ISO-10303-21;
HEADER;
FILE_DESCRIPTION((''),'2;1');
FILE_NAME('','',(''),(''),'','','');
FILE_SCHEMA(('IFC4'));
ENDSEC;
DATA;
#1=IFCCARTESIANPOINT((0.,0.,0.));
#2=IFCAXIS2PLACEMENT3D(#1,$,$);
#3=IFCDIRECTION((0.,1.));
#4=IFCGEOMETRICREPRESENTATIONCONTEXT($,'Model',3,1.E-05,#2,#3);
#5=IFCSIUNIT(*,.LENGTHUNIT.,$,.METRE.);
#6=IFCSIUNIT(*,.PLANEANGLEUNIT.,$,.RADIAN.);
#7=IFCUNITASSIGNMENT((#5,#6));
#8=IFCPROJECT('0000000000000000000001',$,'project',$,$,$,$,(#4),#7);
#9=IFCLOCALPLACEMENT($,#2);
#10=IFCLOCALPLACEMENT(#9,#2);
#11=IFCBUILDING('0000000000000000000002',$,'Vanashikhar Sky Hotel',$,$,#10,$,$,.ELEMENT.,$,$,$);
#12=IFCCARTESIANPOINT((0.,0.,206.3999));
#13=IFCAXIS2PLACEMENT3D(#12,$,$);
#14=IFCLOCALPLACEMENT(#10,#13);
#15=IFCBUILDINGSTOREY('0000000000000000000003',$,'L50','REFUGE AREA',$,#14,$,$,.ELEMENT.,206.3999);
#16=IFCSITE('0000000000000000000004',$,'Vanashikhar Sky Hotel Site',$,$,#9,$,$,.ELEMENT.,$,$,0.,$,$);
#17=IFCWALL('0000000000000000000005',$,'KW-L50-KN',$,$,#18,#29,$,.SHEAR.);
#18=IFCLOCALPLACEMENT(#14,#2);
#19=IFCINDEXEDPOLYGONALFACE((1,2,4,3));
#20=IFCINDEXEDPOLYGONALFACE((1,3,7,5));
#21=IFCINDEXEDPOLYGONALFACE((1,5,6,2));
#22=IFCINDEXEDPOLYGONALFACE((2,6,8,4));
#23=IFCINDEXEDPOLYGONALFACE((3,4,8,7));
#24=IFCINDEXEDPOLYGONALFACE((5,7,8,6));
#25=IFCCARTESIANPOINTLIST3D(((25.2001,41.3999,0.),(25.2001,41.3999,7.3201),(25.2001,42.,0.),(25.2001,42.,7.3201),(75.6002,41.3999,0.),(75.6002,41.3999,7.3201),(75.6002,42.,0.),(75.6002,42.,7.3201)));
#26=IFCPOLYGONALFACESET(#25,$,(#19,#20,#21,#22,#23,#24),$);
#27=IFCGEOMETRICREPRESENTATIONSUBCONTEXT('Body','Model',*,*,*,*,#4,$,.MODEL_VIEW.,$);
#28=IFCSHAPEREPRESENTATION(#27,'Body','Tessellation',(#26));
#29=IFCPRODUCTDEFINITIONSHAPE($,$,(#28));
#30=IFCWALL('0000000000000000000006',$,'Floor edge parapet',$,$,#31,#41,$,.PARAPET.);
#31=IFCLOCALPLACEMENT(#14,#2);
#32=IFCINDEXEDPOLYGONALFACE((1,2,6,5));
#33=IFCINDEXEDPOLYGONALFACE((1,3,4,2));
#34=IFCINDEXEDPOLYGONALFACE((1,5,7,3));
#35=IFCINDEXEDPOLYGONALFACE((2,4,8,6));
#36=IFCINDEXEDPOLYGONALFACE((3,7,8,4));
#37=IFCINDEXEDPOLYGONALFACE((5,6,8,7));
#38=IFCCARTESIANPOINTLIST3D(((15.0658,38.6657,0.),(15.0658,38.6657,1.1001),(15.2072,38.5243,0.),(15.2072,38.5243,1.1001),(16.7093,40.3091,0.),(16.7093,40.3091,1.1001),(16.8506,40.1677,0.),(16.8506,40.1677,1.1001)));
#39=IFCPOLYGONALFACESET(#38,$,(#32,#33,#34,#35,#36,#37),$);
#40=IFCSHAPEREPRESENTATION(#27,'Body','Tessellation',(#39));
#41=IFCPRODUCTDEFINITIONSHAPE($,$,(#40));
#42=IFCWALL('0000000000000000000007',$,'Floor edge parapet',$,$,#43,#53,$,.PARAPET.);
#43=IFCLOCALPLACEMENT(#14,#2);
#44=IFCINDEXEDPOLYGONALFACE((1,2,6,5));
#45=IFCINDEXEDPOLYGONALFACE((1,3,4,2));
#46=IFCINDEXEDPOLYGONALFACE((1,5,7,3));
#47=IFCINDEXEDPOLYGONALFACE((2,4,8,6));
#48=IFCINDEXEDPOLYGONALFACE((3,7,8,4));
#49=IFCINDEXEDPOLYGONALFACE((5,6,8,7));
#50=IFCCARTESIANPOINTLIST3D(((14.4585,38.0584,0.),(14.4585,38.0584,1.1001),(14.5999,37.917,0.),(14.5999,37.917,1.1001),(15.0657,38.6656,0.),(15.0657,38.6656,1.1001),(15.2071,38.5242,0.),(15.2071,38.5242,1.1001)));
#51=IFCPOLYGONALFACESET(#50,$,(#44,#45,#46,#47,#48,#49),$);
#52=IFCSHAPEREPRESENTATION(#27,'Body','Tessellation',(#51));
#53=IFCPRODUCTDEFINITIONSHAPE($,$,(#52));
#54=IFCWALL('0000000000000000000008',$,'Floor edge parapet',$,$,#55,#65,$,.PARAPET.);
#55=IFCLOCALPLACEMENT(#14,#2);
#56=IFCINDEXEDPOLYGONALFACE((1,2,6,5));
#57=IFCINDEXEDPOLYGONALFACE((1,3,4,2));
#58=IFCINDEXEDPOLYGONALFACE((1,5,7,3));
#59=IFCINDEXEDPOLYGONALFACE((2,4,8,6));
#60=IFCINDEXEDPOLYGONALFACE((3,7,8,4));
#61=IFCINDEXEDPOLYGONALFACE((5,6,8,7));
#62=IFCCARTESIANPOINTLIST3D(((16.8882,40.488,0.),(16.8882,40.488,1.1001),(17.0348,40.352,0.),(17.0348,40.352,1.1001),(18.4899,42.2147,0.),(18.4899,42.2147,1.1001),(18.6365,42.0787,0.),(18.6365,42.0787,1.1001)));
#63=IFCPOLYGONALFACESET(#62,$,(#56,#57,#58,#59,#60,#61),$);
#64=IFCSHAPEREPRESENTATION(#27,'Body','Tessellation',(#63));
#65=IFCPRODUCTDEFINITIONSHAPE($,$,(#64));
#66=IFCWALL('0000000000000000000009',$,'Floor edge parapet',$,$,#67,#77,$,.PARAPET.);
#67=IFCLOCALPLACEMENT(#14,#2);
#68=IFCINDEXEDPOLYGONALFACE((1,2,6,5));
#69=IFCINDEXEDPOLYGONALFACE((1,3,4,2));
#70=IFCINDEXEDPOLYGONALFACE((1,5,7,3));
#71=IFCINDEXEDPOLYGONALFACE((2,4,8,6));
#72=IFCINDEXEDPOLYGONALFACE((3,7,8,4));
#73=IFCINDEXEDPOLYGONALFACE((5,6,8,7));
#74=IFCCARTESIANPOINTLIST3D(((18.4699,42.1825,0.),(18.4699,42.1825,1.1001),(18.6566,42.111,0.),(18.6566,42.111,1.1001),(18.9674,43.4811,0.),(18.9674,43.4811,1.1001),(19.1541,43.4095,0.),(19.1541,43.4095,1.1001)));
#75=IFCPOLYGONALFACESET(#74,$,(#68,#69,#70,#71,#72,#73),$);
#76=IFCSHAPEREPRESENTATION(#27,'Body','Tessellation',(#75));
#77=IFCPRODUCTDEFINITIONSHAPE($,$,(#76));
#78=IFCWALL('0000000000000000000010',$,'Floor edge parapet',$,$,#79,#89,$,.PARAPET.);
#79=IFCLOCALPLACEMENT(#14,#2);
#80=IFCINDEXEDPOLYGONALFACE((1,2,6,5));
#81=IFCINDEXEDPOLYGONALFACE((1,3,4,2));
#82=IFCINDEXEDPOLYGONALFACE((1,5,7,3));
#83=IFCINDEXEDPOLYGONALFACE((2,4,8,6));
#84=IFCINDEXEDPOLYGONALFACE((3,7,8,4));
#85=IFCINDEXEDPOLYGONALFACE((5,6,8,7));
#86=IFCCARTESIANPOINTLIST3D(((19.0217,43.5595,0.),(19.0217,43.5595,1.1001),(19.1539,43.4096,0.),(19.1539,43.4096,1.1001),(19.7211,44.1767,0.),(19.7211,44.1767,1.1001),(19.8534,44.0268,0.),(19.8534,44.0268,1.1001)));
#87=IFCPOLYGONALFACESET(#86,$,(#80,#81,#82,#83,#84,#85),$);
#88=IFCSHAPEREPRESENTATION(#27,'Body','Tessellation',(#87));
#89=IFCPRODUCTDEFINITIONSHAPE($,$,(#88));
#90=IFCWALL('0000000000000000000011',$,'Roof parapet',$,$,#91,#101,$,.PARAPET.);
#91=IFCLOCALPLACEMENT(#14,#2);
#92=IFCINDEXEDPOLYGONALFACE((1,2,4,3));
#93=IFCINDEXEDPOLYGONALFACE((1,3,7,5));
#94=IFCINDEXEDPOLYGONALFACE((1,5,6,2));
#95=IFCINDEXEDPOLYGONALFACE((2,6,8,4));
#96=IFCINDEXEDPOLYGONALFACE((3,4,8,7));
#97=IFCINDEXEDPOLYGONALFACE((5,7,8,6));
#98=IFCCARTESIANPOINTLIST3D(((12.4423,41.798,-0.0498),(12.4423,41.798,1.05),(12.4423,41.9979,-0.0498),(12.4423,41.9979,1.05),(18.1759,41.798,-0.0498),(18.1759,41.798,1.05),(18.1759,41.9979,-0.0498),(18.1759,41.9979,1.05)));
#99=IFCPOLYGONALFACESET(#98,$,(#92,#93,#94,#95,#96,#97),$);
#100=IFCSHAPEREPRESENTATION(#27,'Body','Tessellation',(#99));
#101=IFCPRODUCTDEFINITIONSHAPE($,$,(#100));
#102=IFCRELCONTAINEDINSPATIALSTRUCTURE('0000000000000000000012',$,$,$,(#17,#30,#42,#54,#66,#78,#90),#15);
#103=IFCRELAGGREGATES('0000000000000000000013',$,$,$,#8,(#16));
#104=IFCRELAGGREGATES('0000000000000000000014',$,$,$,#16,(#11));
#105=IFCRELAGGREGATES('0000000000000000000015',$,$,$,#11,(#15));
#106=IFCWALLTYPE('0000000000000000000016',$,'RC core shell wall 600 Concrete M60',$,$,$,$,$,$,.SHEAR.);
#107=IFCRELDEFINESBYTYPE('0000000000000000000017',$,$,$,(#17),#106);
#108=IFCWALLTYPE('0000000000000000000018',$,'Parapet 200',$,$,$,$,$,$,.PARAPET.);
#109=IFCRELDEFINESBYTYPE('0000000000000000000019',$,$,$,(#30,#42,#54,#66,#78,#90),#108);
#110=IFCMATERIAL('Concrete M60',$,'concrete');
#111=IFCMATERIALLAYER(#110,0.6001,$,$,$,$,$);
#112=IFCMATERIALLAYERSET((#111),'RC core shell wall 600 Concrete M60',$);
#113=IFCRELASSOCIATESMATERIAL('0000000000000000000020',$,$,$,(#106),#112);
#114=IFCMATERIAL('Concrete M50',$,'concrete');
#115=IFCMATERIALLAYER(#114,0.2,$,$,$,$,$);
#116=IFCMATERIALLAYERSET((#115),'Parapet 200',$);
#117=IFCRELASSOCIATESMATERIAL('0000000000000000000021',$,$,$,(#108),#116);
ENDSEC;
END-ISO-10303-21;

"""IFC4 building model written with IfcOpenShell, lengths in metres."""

from ifc_helpers import new_model, si_unit, direction, frame, frame_2d, origin, place, context, subcontext, project, spatial, rectangle, extrude, source, transform, mapped, material, layer, layer_set, type_object, element, save


model = new_model("IFC4")

# Units and contexts
model_context = context("Model", 3, precision=1e-05, world=origin(), true_north=direction((0.0, 1.0)))
body_context = subcontext(model_context, "Body", "Model", "MODEL_VIEW")
ifc_project = project(units=[si_unit("LENGTHUNIT", "METRE"), si_unit("PLANEANGLEUNIT", "RADIAN")], contexts=[model_context])

# Site, building, storey
site_placement = place(None, origin())
site = spatial("IfcSite", under=ifc_project, at=site_placement, Name="Vanashikhar Sky Hotel Site", CompositionType="ELEMENT", RefElevation=0.0)
building_placement = place(site_placement, origin())
building = spatial("IfcBuilding", under=site, at=building_placement, Name="Vanashikhar Sky Hotel", CompositionType="ELEMENT")
storey_placement = place(building_placement, frame((0.0, 0.0, 206.3999)))
storey = spatial("IfcBuildingStorey", under=building, at=storey_placement, Name="L50", Description="REFUGE AREA", CompositionType="ELEMENT", Elevation=206.3999)

# Walls
ifc_material_1 = material(Name="Concrete M60", Category="concrete")
ifc_layer_1 = layer(ifc_material_1, 0.6001)
ifc_layer_set_1 = layer_set([ifc_layer_1], Name="RC core shell wall 600 Concrete M60")
wall_type_1 = type_object("IfcWallType", Name="RC core shell wall 600 Concrete M60", PredefinedType="SHEAR", material=ifc_layer_set_1)
shared_shape_1 = source(origin(), body_context, "Body", "SweptSolid", [
    extrude(rectangle(XDim=50.4001, YDim=0.6001, at=frame_2d((25.2002, 0.0))), origin(), (0.0, 0.0, 1.0), 7.3201),
])
wall_1_placement = place(storey_placement, frame((25.2, 41.7, 0.0), z_axis=(0.0, 0.0, 1.0), x_axis=(1.0, 0.0, 0.0)))
element("IfcWall", 1, at=wall_1_placement, inside=storey, type_object=wall_type_1, Name="KW-L50-KN", PredefinedType="SHEAR", context=body_context, shape_type="MappedRepresentation", body=[
    mapped(shared_shape_1, transform((0.0, 0.0, 0.0), scale=1.0)),
])
ifc_material_2 = material(Name="Concrete M50", Category="concrete")
ifc_layer_2 = layer(ifc_material_2, 0.2)
ifc_layer_set_2 = layer_set([ifc_layer_2], Name="Parapet 200")
wall_type_2 = type_object("IfcWallType", Name="Parapet 200", PredefinedType="PARAPET", material=ifc_layer_set_2)
shared_shape_2 = source(origin(), body_context, "Body", "SweptSolid", [
    extrude(rectangle(XDim=2.3242, YDim=0.2, at=frame_2d((1.1621, 0.0))), origin(), (0.0, 0.0, 1.0), 1.1001),
])
wall_2_placement = place(storey_placement, frame((15.1365, 38.595, 0.0), z_axis=(0.0, 0.0, 1.0), x_axis=(0.707107, 0.707107, 0.0)))
element("IfcWall", 2, at=wall_2_placement, inside=storey, type_object=wall_type_2, Name="Floor edge parapet", PredefinedType="PARAPET", context=body_context, shape_type="MappedRepresentation", body=[
    mapped(shared_shape_2, transform((0.0, 0.0, 0.0), scale=1.0)),
])
shared_shape_3 = source(origin(), body_context, "Body", "SweptSolid", [
    extrude(rectangle(XDim=0.8586, YDim=0.2, at=frame_2d((0.4292, 0.0))), origin(), (0.0, 0.0, 1.0), 1.1001),
])
wall_3_placement = place(storey_placement, frame((14.5293, 37.9878, 0.0), z_axis=(0.0, 0.0, 1.0), x_axis=(0.707107, 0.707107, 0.0)))
element("IfcWall", 3, at=wall_3_placement, inside=storey, type_object=wall_type_2, Name="Floor edge parapet", PredefinedType="PARAPET", context=body_context, shape_type="MappedRepresentation", body=[
    mapped(shared_shape_3, transform((0.0, 0.0, 0.0), scale=1.0)),
])
shared_shape_4 = source(origin(), body_context, "Body", "SweptSolid", [
    extrude(rectangle(XDim=2.3552, YDim=0.2, at=frame_2d((1.1777, 0.0))), origin(), (0.0, 0.0, 1.0), 1.1001),
])
wall_4_placement = place(storey_placement, frame((16.9614, 40.4199, 0.0), z_axis=(0.0, 0.0, 1.0), x_axis=(0.680073, 0.733144, 0.0)))
element("IfcWall", 4, at=wall_4_placement, inside=storey, type_object=wall_type_2, Name="Floor edge parapet", PredefinedType="PARAPET", context=body_context, shape_type="MappedRepresentation", body=[
    mapped(shared_shape_4, transform((0.0, 0.0, 0.0), scale=1.0)),
])
shared_shape_5 = source(origin(), body_context, "Body", "SweptSolid", [
    extrude(rectangle(XDim=1.3906, YDim=0.2, at=frame_2d((0.6953, 0.0))), origin(), (0.0, 0.0, 1.0), 1.1001),
])
wall_5_placement = place(storey_placement, frame((18.5632, 42.1467, 0.0), z_axis=(0.0, 0.0, 1.0), x_axis=(0.357791, 0.933802, 0.0)))
element("IfcWall", 5, at=wall_5_placement, inside=storey, type_object=wall_type_2, Name="Floor edge parapet", PredefinedType="PARAPET", context=body_context, shape_type="MappedRepresentation", body=[
    mapped(shared_shape_5, transform((0.0, 0.0, 0.0), scale=1.0)),
])
shared_shape_6 = source(origin(), body_context, "Body", "SweptSolid", [
    extrude(rectangle(XDim=0.9329, YDim=0.2, at=frame_2d((0.4663, 0.0))), origin(), (0.0, 0.0, 1.0), 1.1001),
])
wall_6_placement = place(storey_placement, frame((19.0879, 43.4846, 0.0), z_axis=(0.0, 0.0, 1.0), x_axis=(0.74983, 0.66163, 0.0)))
element("IfcWall", 6, at=wall_6_placement, inside=storey, type_object=wall_type_2, Name="Floor edge parapet", PredefinedType="PARAPET", context=body_context, shape_type="MappedRepresentation", body=[
    mapped(shared_shape_6, transform((0.0, 0.0, 0.0), scale=1.0)),
])
shared_shape_7 = source(origin(), body_context, "Body", "SweptSolid", [
    extrude(rectangle(XDim=5.7336, YDim=0.2, at=frame_2d((2.8667, 0.0))), origin(), (0.0, 0.0, 1.0), 1.0999),
])
wall_7_placement = place(storey_placement, frame((12.4424, 41.8979, -0.0498), z_axis=(0.0, 0.0, 1.0), x_axis=(1.0, 0.0, 0.0)))
element("IfcWall", 7, at=wall_7_placement, inside=storey, type_object=wall_type_2, Name="Roof parapet", PredefinedType="PARAPET", context=body_context, shape_type="MappedRepresentation", body=[
    mapped(shared_shape_7, transform((0.0, 0.0, 0.0), scale=1.0)),
])

save(model, "model.ifc")
